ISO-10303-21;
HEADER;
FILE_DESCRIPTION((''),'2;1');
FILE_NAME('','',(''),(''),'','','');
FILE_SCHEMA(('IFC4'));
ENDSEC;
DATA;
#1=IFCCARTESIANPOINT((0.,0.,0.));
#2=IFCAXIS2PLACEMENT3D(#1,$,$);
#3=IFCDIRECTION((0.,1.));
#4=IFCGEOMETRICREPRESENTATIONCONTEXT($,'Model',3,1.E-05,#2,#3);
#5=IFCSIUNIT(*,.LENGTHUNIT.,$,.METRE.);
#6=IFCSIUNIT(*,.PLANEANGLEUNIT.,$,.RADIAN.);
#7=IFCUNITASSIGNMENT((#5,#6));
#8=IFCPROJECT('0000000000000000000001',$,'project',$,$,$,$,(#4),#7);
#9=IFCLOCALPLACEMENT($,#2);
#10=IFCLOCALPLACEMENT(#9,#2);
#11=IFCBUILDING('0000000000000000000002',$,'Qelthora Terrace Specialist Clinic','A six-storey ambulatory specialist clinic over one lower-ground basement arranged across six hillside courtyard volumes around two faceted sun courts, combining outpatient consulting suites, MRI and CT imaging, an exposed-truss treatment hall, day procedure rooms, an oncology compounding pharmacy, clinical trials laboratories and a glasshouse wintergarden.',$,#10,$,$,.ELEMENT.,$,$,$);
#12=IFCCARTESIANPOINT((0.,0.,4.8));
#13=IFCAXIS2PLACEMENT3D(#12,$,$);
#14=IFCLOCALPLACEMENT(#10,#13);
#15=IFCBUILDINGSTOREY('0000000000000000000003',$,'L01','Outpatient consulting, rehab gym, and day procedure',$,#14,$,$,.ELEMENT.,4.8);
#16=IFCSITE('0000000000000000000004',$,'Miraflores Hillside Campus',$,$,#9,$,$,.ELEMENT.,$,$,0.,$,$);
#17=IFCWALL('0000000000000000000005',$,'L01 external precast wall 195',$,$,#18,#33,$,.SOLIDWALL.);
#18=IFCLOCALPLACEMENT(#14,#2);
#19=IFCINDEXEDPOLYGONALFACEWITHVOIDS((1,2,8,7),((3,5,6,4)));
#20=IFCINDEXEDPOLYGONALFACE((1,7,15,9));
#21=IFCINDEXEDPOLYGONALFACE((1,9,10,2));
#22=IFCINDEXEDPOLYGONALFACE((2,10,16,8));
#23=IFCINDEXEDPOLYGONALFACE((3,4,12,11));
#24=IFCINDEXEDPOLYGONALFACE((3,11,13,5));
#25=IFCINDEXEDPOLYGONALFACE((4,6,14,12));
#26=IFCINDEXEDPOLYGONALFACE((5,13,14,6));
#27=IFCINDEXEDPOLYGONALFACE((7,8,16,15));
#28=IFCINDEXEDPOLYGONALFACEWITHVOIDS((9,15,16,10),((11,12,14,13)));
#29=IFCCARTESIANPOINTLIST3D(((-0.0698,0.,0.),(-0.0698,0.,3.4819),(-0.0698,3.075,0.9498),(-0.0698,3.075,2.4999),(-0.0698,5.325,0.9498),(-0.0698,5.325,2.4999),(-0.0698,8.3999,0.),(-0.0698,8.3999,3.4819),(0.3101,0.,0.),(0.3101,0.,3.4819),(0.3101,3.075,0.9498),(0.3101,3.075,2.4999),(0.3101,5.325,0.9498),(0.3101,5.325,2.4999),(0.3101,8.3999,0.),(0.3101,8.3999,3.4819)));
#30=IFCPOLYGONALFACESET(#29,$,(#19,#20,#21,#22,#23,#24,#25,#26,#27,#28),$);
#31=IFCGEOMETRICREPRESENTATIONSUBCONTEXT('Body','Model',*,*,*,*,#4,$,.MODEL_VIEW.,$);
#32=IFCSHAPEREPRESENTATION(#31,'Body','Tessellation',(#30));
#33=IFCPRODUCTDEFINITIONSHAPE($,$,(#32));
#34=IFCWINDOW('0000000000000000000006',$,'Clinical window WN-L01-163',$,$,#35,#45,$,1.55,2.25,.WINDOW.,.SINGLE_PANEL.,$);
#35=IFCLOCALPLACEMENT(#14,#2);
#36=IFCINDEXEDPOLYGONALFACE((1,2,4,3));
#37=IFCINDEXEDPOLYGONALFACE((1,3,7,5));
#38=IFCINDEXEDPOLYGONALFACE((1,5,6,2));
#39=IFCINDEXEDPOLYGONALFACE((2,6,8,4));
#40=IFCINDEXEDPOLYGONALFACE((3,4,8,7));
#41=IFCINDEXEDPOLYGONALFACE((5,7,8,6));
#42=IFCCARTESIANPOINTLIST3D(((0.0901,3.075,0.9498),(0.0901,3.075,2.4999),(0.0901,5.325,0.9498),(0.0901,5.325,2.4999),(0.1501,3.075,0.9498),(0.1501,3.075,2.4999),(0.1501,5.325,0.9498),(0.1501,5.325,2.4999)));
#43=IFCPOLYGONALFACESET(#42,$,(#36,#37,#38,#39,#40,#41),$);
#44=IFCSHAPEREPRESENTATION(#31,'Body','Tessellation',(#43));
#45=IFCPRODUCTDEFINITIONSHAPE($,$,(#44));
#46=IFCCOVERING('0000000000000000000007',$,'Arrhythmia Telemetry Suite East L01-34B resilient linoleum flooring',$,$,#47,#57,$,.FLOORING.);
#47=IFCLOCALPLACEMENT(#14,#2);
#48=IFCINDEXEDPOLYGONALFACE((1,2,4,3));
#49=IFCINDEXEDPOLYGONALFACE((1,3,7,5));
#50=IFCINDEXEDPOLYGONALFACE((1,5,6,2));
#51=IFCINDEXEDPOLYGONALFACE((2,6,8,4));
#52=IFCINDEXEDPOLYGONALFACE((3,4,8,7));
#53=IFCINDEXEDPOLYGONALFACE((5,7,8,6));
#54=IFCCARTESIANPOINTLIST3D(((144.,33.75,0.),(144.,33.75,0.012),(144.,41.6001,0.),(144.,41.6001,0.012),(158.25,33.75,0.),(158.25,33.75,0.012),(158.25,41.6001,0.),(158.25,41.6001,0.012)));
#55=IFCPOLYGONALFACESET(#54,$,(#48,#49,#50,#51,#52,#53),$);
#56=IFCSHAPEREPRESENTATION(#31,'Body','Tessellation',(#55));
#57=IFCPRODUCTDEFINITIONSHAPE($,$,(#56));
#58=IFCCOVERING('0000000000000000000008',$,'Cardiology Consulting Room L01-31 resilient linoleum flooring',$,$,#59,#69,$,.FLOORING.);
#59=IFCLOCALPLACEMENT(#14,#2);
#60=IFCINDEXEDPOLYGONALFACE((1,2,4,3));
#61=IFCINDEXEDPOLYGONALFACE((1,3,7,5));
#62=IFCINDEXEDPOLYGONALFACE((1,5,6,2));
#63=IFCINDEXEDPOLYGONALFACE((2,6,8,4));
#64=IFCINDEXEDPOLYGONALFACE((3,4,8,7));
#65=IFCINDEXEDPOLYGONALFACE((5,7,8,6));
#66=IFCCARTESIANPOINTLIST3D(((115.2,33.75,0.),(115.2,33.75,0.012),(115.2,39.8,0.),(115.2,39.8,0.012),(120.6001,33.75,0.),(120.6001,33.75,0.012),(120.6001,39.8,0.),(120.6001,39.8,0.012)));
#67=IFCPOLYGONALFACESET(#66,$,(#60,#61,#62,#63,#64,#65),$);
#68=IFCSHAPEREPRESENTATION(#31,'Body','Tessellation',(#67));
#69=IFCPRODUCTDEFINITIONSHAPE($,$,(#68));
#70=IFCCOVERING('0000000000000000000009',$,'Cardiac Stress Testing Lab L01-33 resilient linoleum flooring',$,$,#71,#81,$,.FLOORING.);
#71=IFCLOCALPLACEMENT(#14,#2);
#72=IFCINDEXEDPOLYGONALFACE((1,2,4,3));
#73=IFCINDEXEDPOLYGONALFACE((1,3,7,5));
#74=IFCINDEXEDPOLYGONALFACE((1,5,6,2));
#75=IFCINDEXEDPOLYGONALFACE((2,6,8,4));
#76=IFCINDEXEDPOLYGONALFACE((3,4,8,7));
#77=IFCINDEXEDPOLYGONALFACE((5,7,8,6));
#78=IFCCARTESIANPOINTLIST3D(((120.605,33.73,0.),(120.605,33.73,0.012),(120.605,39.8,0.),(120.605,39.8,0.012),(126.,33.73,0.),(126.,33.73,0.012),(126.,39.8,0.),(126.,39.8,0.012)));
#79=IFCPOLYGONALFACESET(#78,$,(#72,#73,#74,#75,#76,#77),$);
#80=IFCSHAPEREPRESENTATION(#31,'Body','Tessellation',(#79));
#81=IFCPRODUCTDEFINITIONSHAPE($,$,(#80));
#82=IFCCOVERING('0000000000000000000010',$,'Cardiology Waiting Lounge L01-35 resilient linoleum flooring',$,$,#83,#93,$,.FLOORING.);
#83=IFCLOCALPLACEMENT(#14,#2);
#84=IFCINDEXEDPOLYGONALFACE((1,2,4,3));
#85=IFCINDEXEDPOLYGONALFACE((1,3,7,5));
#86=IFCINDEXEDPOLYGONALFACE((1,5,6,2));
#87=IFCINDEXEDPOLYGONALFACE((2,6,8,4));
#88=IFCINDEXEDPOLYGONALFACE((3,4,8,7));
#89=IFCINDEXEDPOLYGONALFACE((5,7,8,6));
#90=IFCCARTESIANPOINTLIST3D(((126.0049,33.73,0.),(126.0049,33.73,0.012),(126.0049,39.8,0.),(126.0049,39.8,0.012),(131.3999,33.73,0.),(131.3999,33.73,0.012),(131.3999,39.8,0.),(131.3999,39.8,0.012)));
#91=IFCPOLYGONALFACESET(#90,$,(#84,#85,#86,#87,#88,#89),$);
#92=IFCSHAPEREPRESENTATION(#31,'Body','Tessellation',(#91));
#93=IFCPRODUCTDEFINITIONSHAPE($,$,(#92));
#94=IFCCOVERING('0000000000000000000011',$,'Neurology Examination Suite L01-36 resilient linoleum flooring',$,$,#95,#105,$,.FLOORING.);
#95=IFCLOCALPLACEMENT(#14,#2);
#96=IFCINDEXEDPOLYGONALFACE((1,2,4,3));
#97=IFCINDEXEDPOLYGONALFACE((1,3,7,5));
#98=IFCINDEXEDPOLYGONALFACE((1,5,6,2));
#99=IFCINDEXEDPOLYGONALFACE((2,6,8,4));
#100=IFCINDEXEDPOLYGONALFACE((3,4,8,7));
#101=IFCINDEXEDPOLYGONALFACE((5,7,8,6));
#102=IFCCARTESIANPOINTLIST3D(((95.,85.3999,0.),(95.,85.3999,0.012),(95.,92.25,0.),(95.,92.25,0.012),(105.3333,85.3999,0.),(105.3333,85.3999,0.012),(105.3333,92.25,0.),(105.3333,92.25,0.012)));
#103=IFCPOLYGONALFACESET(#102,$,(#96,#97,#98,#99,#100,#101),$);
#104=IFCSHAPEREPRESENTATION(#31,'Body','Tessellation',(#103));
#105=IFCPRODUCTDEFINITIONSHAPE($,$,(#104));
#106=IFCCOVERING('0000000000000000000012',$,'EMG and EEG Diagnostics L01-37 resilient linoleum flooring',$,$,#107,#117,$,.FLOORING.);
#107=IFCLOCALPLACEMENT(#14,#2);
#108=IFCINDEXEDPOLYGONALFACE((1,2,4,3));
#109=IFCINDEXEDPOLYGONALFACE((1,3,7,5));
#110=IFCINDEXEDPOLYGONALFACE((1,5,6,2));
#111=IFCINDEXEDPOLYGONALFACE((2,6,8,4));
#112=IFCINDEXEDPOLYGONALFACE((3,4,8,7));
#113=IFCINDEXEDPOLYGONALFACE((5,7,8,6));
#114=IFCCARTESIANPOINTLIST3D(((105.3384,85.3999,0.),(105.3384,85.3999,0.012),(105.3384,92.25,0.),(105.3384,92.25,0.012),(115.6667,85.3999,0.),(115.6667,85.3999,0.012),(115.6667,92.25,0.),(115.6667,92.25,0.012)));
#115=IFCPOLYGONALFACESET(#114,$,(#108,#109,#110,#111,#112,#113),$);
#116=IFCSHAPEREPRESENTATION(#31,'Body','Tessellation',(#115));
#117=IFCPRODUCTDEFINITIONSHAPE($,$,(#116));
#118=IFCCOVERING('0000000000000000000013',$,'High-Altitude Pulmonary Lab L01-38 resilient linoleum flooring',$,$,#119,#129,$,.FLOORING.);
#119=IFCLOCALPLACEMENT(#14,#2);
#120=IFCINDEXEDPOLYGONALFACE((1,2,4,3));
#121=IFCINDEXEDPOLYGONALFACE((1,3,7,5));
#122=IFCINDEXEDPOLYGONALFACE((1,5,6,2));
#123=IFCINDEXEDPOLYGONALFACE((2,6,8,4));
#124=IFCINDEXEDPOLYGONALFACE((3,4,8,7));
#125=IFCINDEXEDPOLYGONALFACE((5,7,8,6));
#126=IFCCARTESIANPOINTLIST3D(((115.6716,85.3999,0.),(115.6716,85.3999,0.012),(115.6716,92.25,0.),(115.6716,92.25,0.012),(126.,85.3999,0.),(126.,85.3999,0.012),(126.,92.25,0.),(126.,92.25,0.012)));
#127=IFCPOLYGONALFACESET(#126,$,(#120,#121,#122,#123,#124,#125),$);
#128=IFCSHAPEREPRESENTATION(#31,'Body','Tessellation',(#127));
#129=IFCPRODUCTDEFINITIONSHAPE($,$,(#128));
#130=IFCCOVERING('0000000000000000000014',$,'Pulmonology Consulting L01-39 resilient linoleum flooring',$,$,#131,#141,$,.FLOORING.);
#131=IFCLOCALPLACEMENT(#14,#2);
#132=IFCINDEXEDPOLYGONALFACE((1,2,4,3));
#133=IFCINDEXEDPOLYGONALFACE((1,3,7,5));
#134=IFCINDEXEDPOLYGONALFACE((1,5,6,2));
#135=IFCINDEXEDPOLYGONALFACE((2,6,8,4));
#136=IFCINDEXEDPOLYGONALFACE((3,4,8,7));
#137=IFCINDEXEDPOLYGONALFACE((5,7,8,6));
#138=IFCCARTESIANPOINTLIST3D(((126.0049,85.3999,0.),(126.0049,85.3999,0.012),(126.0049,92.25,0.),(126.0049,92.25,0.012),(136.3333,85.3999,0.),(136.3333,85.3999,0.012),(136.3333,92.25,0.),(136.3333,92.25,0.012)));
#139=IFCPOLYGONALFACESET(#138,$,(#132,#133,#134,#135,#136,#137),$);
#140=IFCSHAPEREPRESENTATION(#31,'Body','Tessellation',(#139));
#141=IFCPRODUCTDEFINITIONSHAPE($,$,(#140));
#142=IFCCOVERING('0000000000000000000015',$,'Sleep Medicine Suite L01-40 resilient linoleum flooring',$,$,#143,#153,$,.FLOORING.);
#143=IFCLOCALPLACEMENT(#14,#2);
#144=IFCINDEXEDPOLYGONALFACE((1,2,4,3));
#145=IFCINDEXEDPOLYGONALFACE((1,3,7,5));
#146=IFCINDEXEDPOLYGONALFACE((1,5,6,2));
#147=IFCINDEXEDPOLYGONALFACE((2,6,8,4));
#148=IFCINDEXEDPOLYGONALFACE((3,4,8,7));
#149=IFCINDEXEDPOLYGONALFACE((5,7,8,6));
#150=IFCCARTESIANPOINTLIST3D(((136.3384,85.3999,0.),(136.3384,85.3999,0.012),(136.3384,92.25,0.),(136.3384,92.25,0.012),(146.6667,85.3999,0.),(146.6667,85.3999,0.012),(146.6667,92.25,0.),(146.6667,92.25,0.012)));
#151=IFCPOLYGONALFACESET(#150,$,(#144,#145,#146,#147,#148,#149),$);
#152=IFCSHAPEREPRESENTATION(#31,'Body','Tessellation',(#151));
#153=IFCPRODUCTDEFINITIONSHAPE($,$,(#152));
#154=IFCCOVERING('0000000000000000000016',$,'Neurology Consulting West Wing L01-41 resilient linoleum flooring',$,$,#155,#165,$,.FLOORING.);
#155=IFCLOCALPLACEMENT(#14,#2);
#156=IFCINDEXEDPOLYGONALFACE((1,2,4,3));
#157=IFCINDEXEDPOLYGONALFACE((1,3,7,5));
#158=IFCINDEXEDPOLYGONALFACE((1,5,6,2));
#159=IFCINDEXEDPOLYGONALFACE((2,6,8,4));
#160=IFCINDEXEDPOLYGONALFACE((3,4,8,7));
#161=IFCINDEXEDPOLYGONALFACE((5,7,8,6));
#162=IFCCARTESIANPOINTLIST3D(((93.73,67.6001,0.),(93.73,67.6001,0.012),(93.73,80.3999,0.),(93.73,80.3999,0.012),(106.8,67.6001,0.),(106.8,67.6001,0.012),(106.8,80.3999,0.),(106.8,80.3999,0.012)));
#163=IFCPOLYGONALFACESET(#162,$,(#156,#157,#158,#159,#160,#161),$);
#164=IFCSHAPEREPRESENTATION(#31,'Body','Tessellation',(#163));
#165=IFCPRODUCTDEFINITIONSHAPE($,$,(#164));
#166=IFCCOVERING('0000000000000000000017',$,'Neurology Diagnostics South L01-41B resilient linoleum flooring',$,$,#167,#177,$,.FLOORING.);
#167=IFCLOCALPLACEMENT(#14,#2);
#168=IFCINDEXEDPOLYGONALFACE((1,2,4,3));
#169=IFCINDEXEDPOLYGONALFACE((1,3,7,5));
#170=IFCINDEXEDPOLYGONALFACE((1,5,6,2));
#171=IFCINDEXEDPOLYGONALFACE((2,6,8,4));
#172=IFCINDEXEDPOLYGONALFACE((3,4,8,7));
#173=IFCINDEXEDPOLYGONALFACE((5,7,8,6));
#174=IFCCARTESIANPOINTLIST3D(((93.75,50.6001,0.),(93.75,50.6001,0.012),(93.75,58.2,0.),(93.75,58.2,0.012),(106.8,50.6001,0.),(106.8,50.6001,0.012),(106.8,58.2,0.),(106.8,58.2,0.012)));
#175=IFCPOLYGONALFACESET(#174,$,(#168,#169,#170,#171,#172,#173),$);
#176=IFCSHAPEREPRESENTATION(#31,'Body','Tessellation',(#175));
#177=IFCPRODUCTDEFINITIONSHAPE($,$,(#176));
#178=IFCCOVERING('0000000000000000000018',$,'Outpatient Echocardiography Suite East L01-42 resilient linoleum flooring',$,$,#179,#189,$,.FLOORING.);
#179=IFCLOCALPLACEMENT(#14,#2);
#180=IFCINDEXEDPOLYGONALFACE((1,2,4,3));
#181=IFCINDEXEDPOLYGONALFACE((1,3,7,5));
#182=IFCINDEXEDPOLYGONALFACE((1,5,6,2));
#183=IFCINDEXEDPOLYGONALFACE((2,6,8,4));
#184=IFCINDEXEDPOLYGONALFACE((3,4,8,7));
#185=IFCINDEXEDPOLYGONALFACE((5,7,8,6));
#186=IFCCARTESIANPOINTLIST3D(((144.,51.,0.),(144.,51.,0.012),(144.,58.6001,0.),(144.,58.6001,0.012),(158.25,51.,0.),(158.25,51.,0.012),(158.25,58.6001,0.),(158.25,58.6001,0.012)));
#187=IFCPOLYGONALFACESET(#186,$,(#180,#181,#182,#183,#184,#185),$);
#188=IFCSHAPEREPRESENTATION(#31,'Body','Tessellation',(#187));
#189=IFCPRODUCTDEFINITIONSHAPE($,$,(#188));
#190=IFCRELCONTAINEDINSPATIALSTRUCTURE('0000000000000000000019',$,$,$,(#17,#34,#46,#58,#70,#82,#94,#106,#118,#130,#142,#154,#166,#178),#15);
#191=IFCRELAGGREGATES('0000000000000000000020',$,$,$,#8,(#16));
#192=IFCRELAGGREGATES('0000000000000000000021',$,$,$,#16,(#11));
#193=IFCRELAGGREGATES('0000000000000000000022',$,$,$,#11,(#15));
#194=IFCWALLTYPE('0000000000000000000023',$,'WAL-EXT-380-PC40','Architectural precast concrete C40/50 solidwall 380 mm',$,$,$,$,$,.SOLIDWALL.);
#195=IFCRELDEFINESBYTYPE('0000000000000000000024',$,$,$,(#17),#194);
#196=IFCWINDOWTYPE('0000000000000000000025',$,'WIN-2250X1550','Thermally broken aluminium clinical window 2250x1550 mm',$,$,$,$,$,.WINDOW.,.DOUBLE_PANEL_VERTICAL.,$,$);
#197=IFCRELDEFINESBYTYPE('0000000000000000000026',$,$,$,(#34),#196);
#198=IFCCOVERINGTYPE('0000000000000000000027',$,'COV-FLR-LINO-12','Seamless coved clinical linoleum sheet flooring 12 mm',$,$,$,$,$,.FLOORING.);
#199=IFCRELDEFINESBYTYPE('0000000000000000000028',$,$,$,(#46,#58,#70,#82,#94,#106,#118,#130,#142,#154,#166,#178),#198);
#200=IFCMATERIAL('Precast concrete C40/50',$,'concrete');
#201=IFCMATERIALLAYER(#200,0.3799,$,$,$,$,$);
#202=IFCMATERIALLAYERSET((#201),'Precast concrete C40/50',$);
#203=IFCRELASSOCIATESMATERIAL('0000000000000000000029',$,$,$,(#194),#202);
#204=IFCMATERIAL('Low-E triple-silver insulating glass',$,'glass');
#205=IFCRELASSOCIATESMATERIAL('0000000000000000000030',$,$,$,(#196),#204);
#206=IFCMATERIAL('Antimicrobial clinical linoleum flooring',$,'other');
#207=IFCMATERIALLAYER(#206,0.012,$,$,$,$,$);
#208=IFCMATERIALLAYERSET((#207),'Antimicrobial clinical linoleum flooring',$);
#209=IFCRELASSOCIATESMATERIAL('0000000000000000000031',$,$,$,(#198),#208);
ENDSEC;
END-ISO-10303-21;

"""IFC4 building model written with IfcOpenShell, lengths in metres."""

from ifc_helpers import new_model, si_unit, direction, frame, frame_2d, origin, place, context, subcontext, project, spatial, polyline, rectangle, outline, extrude, material, layer, layer_set, type_object, element, fill, save


model = new_model("IFC4")

# Units and contexts
model_context = context("Model", 3, precision=1e-05, world=origin(), true_north=direction((0.0, 1.0)))
body_context = subcontext(model_context, "Body", "Model", "MODEL_VIEW")
ifc_project = project(units=[si_unit("LENGTHUNIT", "METRE"), si_unit("PLANEANGLEUNIT", "RADIAN")], contexts=[model_context])

# Site, building, storey
site_placement = place(None, origin())
site = spatial("IfcSite", under=ifc_project, at=site_placement, Name="Miraflores Hillside Campus", CompositionType="ELEMENT", RefElevation=0.0)
building_placement = place(site_placement, origin())
building = spatial("IfcBuilding", under=site, at=building_placement, Name="Qelthora Terrace Specialist Clinic", Description="A six-storey ambulatory specialist clinic over one lower-ground basement arranged across six hillside courtyard volumes around two faceted sun courts, combining outpatient consulting suites, MRI and CT imaging, an exposed-truss treatment hall, day procedure rooms, an oncology compounding pharmacy, clinical trials laboratories and a glasshouse wintergarden.", CompositionType="ELEMENT")
storey_placement = place(building_placement, frame((0.0, 0.0, 4.8)))
storey = spatial("IfcBuildingStorey", under=building, at=storey_placement, Name="L01", Description="Outpatient consulting, rehab gym, and day procedure", CompositionType="ELEMENT", Elevation=4.8)

# Wall, opening, window
ifc_material_1 = material(Name="Precast concrete C40/50", Category="concrete")
ifc_layer_1 = layer(ifc_material_1, 0.3799)
ifc_layer_set_1 = layer_set([ifc_layer_1], Name="Precast concrete C40/50")
wall_type = type_object("IfcWallType", Name="WAL-EXT-380-PC40", Description="Architectural precast concrete C40/50 solidwall 380 mm", PredefinedType="SOLIDWALL", material=ifc_layer_set_1)
wall_placement = place(storey_placement, frame((0.1201, 0.0, 0.0), z_axis=(0.0, 0.0, 1.0), x_axis=(0.0, 1.0, 0.0)))
wall = element("IfcWall", 1, at=wall_placement, inside=storey, type_object=wall_type, Name="L01 external precast wall 195", PredefinedType="SOLIDWALL", context=body_context, shape_type="SweptSolid", body=[
    extrude(rectangle(XDim=8.3999, YDim=0.3799, at=frame_2d((4.2, 0.0))), origin(), (0.0, 0.0, 1.0), 3.4819),
])
opening_placement = place(wall_placement, frame((3.075, 0.0, 0.95)))
opening = element("IfcOpeningElement", 2, at=opening_placement, cuts=wall, PredefinedType="OPENING", context=body_context, shape_type="SweptSolid", body=[
    extrude(rectangle(XDim=2.25, YDim=1.55, at=frame_2d((1.125, 0.7749))), frame((0.0, 0.2, 0.0), z_axis=(0.0, -1.0, 0.0), x_axis=(1.0, 0.0, 0.0)), (0.0, 0.0, 1.0), 0.3999),
])
ifc_material_2 = material(Name="Low-E triple-silver insulating glass", Category="glass")
window_type = type_object("IfcWindowType", Name="WIN-2250X1550", Description="Thermally broken aluminium clinical window 2250x1550 mm", PartitioningType="DOUBLE_PANEL_VERTICAL", PredefinedType="WINDOW", material=ifc_material_2)
window_placement = place(opening_placement, origin())
window = element("IfcWindow", 3, at=window_placement, inside=storey, type_object=window_type, Name="Clinical window WN-L01-163", OverallHeight=1.55, OverallWidth=2.25, PartitioningType="SINGLE_PANEL", PredefinedType="WINDOW", context=body_context, shape_type="SweptSolid", body=[
    extrude(rectangle(XDim=2.25, YDim=1.55, at=frame_2d((1.125, 0.7749))), frame((0.0, 0.03, 0.0), z_axis=(0.0, -1.0, 0.0), x_axis=(1.0, 0.0, 0.0)), (0.0, 0.0, 1.0), 0.0601),
])
fill(opening, window)

# Coverings
ifc_material_3 = material(Name="Antimicrobial clinical linoleum flooring", Category="other")
ifc_layer_2 = layer(ifc_material_3, 0.012)
ifc_layer_set_2 = layer_set([ifc_layer_2], Name="Antimicrobial clinical linoleum flooring")
covering_type = type_object("IfcCoveringType", Name="COV-FLR-LINO-12", Description="Seamless coved clinical linoleum sheet flooring 12 mm", PredefinedType="FLOORING", material=ifc_layer_set_2)
covering_1_placement = place(storey_placement, origin())
element("IfcCovering", 4, at=covering_1_placement, inside=storey, type_object=covering_type, Name="Arrhythmia Telemetry Suite East L01-34B resilient linoleum flooring", PredefinedType="FLOORING", context=body_context, shape_type="SweptSolid", body=[
    extrude(outline(polyline([(144.0, 33.75), (144.0, 41.6001), (158.25, 41.6001), (158.25, 33.75), (144.0, 33.75)])), origin(), (0.0, 0.0, 1.0), 0.012),
])
covering_2_placement = place(storey_placement, origin())
element("IfcCovering", 5, at=covering_2_placement, inside=storey, type_object=covering_type, Name="Cardiology Consulting Room L01-31 resilient linoleum flooring", PredefinedType="FLOORING", context=body_context, shape_type="SweptSolid", body=[
    extrude(outline(polyline([(115.2, 33.75), (115.2, 39.8), (120.6001, 39.8), (120.6001, 33.75), (115.2, 33.75)])), origin(), (0.0, 0.0, 1.0), 0.012),
])
covering_3_placement = place(storey_placement, origin())
element("IfcCovering", 6, at=covering_3_placement, inside=storey, type_object=covering_type, Name="Cardiac Stress Testing Lab L01-33 resilient linoleum flooring", PredefinedType="FLOORING", context=body_context, shape_type="SweptSolid", body=[
    extrude(outline(polyline([(120.605, 39.8), (126.0, 39.8), (126.0, 33.73), (120.605, 33.73), (120.605, 39.8)])), origin(), (0.0, 0.0, 1.0), 0.012),
])
covering_4_placement = place(storey_placement, origin())
element("IfcCovering", 7, at=covering_4_placement, inside=storey, type_object=covering_type, Name="Cardiology Waiting Lounge L01-35 resilient linoleum flooring", PredefinedType="FLOORING", context=body_context, shape_type="SweptSolid", body=[
    extrude(outline(polyline([(126.0049, 39.8), (131.3999, 39.8), (131.3999, 33.73), (126.0049, 33.73), (126.0049, 39.8)])), origin(), (0.0, 0.0, 1.0), 0.012),
])
covering_5_placement = place(storey_placement, origin())
element("IfcCovering", 8, at=covering_5_placement, inside=storey, type_object=covering_type, Name="Neurology Examination Suite L01-36 resilient linoleum flooring", PredefinedType="FLOORING", context=body_context, shape_type="SweptSolid", body=[
    extrude(outline(polyline([(95.0, 85.3999), (95.0, 92.25), (105.3333, 92.25), (105.3333, 85.3999), (95.0, 85.3999)])), origin(), (0.0, 0.0, 1.0), 0.012),
])
covering_6_placement = place(storey_placement, origin())
element("IfcCovering", 9, at=covering_6_placement, inside=storey, type_object=covering_type, Name="EMG and EEG Diagnostics L01-37 resilient linoleum flooring", PredefinedType="FLOORING", context=body_context, shape_type="SweptSolid", body=[
    extrude(outline(polyline([(105.3384, 85.3999), (105.3384, 92.25), (115.6667, 92.25), (115.6667, 85.3999), (105.3384, 85.3999)])), origin(), (0.0, 0.0, 1.0), 0.012),
])
covering_7_placement = place(storey_placement, origin())
element("IfcCovering", 10, at=covering_7_placement, inside=storey, type_object=covering_type, Name="High-Altitude Pulmonary Lab L01-38 resilient linoleum flooring", PredefinedType="FLOORING", context=body_context, shape_type="SweptSolid", body=[
    extrude(outline(polyline([(115.6716, 85.3999), (115.6716, 92.25), (126.0, 92.25), (126.0, 85.3999), (115.6716, 85.3999)])), origin(), (0.0, 0.0, 1.0), 0.012),
])
covering_8_placement = place(storey_placement, origin())
element("IfcCovering", 11, at=covering_8_placement, inside=storey, type_object=covering_type, Name="Pulmonology Consulting L01-39 resilient linoleum flooring", PredefinedType="FLOORING", context=body_context, shape_type="SweptSolid", body=[
    extrude(outline(polyline([(126.0049, 85.3999), (126.0049, 92.25), (136.3333, 92.25), (136.3333, 85.3999), (126.0049, 85.3999)])), origin(), (0.0, 0.0, 1.0), 0.012),
])
covering_9_placement = place(storey_placement, origin())
element("IfcCovering", 12, at=covering_9_placement, inside=storey, type_object=covering_type, Name="Sleep Medicine Suite L01-40 resilient linoleum flooring", PredefinedType="FLOORING", context=body_context, shape_type="SweptSolid", body=[
    extrude(outline(polyline([(136.3384, 85.3999), (136.3384, 92.25), (146.6667, 92.25), (146.6667, 85.3999), (136.3384, 85.3999)])), origin(), (0.0, 0.0, 1.0), 0.012),
])
covering_10_placement = place(storey_placement, origin())
element("IfcCovering", 13, at=covering_10_placement, inside=storey, type_object=covering_type, Name="Neurology Consulting West Wing L01-41 resilient linoleum flooring", PredefinedType="FLOORING", context=body_context, shape_type="SweptSolid", body=[
    extrude(outline(polyline([(106.8, 80.3999), (106.8, 67.6001), (93.73, 67.6001), (93.73, 80.3999), (106.8, 80.3999)])), origin(), (0.0, 0.0, 1.0), 0.012),
])
covering_11_placement = place(storey_placement, origin())
element("IfcCovering", 14, at=covering_11_placement, inside=storey, type_object=covering_type, Name="Neurology Diagnostics South L01-41B resilient linoleum flooring", PredefinedType="FLOORING", context=body_context, shape_type="SweptSolid", body=[
    extrude(outline(polyline([(93.75, 50.6001), (93.75, 58.2), (106.8, 58.2), (106.8, 50.6001), (93.75, 50.6001)])), origin(), (0.0, 0.0, 1.0), 0.012),
])
covering_12_placement = place(storey_placement, origin())
element("IfcCovering", 15, at=covering_12_placement, inside=storey, type_object=covering_type, Name="Outpatient Echocardiography Suite East L01-42 resilient linoleum flooring", PredefinedType="FLOORING", context=body_context, shape_type="SweptSolid", body=[
    extrude(outline(polyline([(144.0, 51.0), (144.0, 58.6001), (158.25, 58.6001), (158.25, 51.0), (144.0, 51.0)])), origin(), (0.0, 0.0, 1.0), 0.012),
])

save(model, "model.ifc")
